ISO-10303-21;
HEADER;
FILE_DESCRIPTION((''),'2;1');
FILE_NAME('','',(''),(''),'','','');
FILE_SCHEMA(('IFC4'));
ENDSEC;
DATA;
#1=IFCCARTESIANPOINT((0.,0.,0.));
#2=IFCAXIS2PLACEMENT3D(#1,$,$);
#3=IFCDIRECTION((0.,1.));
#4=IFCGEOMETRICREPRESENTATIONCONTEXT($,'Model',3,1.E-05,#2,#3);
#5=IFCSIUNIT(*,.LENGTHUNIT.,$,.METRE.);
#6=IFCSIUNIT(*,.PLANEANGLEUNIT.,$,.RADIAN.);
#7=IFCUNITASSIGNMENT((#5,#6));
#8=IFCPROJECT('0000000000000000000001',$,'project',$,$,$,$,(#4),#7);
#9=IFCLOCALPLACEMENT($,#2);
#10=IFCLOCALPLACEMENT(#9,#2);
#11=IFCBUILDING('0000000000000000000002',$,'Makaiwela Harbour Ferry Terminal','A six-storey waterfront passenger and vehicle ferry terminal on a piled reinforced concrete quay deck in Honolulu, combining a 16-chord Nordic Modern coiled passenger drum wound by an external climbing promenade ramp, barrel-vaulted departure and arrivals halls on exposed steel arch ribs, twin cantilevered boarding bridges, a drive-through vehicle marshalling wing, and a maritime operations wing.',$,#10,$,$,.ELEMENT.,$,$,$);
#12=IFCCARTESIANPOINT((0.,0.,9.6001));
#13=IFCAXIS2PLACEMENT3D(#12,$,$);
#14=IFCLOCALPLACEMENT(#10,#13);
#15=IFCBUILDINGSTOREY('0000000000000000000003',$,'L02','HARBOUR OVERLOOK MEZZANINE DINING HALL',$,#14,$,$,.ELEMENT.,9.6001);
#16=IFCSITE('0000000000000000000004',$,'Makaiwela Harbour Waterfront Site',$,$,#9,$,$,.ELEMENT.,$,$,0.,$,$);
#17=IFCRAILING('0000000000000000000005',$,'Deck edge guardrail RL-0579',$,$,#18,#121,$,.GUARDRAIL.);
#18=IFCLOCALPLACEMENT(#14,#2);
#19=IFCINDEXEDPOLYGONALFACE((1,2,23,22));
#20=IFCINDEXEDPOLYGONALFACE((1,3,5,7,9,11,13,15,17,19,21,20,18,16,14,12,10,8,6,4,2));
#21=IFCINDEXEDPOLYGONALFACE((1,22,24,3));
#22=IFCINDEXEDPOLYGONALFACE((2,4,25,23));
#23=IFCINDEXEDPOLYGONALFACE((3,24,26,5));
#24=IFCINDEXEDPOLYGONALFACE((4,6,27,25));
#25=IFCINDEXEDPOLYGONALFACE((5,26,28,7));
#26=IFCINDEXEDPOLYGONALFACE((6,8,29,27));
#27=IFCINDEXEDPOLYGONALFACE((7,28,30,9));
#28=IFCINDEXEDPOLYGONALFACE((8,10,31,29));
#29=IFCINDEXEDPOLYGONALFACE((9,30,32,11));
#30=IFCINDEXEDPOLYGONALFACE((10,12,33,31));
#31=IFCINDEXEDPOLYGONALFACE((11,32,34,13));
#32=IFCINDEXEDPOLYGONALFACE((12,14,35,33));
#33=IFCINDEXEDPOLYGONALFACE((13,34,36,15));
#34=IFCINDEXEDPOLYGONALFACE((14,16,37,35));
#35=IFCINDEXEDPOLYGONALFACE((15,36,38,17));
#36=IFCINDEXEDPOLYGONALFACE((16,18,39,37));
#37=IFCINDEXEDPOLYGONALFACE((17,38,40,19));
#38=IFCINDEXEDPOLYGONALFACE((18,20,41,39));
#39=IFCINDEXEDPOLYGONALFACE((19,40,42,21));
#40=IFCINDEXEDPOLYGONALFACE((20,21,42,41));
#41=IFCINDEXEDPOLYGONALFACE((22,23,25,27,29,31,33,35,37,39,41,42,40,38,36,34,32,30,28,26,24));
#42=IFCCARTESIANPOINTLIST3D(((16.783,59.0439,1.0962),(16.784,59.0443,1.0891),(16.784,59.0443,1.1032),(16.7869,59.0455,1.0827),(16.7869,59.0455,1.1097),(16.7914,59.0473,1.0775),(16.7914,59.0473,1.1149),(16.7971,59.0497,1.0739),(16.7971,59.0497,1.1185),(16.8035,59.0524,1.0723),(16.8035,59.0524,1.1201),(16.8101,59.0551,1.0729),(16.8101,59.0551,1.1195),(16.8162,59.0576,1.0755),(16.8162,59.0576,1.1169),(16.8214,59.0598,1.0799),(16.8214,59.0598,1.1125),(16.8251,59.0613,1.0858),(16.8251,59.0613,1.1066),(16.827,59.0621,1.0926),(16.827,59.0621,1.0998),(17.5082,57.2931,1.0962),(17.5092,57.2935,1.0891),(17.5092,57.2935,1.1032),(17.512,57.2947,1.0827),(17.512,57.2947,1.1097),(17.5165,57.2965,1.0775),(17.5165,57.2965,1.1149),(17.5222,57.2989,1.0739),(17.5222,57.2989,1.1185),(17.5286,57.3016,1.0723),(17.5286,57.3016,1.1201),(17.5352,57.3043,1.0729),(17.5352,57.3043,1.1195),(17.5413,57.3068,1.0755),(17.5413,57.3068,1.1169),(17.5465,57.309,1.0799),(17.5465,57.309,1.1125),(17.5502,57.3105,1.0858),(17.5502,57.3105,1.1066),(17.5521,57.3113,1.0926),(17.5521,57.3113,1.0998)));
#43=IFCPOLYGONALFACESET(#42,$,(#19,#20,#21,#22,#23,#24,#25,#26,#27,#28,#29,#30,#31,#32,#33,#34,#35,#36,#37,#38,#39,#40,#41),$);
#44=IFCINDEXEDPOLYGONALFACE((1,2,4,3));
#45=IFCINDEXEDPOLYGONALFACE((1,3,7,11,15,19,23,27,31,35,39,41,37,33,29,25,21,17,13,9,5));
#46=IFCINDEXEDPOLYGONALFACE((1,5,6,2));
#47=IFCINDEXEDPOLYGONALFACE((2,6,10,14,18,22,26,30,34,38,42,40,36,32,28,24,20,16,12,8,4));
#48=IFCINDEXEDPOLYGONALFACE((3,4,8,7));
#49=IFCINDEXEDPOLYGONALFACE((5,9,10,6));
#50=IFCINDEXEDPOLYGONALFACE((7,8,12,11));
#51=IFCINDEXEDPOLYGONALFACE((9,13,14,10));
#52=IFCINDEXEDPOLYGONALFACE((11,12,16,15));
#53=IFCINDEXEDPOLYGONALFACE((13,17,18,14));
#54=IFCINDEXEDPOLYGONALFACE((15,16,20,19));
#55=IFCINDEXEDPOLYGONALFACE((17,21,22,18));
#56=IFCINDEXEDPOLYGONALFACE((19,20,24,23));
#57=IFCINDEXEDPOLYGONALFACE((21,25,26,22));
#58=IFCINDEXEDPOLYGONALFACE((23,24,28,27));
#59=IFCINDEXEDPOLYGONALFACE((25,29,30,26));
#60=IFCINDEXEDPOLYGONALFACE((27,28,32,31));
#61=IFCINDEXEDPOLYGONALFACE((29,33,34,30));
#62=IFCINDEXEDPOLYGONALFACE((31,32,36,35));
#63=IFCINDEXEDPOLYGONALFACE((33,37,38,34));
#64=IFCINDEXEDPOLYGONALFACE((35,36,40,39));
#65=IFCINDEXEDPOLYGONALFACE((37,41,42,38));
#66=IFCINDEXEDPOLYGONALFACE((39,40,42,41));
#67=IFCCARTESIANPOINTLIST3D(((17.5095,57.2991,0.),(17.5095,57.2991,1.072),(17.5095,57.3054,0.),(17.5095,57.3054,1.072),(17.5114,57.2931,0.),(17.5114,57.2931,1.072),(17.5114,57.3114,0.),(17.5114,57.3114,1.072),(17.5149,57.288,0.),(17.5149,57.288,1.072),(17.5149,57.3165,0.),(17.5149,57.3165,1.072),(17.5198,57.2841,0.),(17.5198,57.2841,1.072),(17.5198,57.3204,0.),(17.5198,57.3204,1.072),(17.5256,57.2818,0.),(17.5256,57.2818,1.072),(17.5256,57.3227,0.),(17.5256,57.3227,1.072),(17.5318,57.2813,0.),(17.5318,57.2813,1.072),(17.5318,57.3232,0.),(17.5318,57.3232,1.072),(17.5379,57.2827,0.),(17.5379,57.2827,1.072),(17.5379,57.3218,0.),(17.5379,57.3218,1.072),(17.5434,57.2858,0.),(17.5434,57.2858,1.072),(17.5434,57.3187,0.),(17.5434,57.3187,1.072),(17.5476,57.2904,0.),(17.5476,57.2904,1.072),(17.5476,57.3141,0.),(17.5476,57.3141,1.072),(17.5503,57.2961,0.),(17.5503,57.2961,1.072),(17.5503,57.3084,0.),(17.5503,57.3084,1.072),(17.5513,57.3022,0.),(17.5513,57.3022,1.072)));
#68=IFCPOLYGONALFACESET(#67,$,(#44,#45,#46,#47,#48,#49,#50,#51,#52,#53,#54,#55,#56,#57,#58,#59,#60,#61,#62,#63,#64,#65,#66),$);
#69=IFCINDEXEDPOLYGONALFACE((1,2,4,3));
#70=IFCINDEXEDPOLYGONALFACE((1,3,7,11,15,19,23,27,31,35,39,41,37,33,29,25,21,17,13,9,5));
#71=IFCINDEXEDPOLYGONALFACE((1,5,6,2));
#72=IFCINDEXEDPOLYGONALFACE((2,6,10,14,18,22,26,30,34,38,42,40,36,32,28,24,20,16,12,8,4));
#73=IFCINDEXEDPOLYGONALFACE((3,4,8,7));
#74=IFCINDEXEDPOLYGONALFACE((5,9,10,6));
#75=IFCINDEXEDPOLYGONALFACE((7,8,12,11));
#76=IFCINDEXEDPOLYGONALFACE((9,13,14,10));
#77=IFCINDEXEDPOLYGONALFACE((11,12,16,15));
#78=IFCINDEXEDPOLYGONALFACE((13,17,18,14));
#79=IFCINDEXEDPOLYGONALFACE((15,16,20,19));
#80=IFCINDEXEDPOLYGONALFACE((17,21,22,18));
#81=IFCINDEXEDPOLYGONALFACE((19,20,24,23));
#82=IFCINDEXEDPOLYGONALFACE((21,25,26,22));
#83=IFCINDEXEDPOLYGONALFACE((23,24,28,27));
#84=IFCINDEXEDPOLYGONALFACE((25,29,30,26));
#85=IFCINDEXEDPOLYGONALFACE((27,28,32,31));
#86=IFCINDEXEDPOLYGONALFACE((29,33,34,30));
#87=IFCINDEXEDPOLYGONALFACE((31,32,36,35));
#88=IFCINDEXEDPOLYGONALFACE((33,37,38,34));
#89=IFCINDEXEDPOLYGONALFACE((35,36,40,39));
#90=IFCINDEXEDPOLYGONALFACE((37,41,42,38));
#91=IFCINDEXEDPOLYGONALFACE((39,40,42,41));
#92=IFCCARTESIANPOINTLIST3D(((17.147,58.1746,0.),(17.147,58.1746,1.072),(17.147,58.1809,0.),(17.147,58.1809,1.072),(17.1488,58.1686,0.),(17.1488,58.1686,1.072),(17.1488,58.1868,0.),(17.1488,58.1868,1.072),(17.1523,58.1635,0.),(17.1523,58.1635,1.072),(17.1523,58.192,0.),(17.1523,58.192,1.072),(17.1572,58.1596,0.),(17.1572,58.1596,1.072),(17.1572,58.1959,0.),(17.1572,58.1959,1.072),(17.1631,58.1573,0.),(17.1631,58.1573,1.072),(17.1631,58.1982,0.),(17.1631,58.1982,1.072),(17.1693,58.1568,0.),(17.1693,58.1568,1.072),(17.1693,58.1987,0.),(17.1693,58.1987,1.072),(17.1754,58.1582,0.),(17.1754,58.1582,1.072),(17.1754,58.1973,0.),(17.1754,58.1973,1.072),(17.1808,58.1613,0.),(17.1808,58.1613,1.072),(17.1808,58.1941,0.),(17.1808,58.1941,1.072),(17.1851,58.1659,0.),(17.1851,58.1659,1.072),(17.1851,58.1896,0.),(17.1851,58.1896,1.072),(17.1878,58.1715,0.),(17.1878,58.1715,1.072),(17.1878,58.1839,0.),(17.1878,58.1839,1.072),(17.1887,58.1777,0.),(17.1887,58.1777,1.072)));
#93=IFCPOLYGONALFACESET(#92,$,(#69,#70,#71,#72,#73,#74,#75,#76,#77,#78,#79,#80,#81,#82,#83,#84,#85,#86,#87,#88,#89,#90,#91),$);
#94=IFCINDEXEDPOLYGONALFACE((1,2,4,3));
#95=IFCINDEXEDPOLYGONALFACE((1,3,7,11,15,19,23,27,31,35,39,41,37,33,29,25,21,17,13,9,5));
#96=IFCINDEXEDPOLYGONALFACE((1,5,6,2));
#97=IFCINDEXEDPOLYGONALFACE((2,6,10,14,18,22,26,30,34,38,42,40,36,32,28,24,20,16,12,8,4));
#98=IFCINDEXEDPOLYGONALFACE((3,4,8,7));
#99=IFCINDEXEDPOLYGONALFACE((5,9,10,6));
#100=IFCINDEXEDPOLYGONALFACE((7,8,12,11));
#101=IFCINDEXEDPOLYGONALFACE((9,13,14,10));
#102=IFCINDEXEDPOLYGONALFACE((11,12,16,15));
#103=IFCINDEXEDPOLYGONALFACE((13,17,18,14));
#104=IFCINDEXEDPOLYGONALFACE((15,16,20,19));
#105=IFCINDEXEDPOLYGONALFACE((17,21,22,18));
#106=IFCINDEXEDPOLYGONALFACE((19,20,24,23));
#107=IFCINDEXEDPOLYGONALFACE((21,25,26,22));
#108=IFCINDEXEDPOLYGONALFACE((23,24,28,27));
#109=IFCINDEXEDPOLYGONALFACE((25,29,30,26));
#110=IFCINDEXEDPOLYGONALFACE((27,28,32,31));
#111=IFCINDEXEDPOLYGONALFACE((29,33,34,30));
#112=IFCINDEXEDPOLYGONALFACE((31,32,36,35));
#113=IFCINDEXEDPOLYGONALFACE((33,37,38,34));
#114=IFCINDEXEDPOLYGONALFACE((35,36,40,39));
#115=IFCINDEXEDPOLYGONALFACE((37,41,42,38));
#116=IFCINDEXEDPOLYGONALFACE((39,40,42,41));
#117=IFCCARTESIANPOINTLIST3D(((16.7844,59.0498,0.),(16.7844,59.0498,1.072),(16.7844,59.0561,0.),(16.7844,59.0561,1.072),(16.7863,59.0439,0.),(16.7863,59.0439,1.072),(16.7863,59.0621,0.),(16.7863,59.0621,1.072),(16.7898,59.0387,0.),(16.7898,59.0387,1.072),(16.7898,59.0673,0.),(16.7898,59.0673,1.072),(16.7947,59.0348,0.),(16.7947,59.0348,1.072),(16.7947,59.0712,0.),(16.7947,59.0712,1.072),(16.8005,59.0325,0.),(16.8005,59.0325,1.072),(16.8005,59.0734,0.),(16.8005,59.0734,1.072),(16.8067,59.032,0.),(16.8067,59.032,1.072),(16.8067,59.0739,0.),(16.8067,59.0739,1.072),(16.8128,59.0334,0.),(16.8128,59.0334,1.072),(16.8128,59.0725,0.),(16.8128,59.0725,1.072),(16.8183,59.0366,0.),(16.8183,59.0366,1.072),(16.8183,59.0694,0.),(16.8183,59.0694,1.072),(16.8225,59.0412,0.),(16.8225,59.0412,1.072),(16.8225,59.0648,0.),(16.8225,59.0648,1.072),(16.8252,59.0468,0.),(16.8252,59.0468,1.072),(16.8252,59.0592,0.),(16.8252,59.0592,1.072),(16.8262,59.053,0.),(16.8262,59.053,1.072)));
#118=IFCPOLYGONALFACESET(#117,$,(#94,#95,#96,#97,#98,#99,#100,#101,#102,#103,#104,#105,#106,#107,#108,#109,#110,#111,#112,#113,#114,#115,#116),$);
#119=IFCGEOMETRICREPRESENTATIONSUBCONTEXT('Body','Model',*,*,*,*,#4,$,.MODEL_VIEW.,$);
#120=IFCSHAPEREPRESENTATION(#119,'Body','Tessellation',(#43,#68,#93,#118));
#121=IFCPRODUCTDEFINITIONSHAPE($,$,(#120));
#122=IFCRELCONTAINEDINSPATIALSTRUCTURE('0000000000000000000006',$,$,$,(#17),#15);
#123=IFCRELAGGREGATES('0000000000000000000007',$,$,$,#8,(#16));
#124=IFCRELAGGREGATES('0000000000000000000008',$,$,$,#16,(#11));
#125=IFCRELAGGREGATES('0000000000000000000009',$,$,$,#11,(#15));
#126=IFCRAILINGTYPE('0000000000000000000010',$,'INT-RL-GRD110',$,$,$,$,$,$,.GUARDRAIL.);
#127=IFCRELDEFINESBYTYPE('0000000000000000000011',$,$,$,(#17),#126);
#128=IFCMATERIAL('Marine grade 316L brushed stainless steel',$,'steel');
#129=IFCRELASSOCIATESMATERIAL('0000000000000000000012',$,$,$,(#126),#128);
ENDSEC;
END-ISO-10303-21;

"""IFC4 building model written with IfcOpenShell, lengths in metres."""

from ifc_helpers import new_model, si_unit, direction, frame, origin, origin_2d, place, context, subcontext, project, spatial, circle, extrude, material, type_object, element, save


model = new_model("IFC4")

# Units and contexts
model_context = context("Model", 3, precision=1e-05, world=origin(), true_north=direction((0.0, 1.0)))
body_context = subcontext(model_context, "Body", "Model", "MODEL_VIEW")
ifc_project = project(units=[si_unit("LENGTHUNIT", "METRE"), si_unit("PLANEANGLEUNIT", "RADIAN")], contexts=[model_context])

# Site, building, storey
site_placement = place(None, origin())
site = spatial("IfcSite", under=ifc_project, at=site_placement, Name="Makaiwela Harbour Waterfront Site", CompositionType="ELEMENT", RefElevation=0.0)
building_placement = place(site_placement, origin())
building = spatial("IfcBuilding", under=site, at=building_placement, Name="Makaiwela Harbour Ferry Terminal", Description="A six-storey waterfront passenger and vehicle ferry terminal on a piled reinforced concrete quay deck in Honolulu, combining a 16-chord Nordic Modern coiled passenger drum wound by an external climbing promenade ramp, barrel-vaulted departure and arrivals halls on exposed steel arch ribs, twin cantilevered boarding bridges, a drive-through vehicle marshalling wing, and a maritime operations wing.", CompositionType="ELEMENT")
storey_placement = place(building_placement, frame((0.0, 0.0, 9.6001)))
storey = spatial("IfcBuildingStorey", under=building, at=storey_placement, Name="L02", Description="HARBOUR OVERLOOK MEZZANINE DINING HALL", CompositionType="ELEMENT", Elevation=9.6001)

# Railing
ifc_material_1 = material(Name="Marine grade 316L brushed stainless steel", Category="steel")
railing_type = type_object("IfcRailingType", Name="INT-RL-GRD110", PredefinedType="GUARDRAIL", material=ifc_material_1)
railing_1_placement = place(storey_placement, frame((17.5303, 57.3022, 0.0)))
element("IfcRailing", 1, at=railing_1_placement, inside=storey, type_object=railing_type, Name="Deck edge guardrail RL-0579", PredefinedType="GUARDRAIL", context=body_context, shape_type="SweptSolid", body=[
    extrude(circle(Radius=0.0239, at=origin_2d()), frame((0.0, 0.0, 1.0962), z_axis=(-0.382648, 0.923894, 0.0), x_axis=(-0.923894, -0.382648, 0.0)), (0.0, 0.0, 1.0), 1.895),
    extrude(circle(Radius=0.021, at=origin_2d()), origin(), (0.0, 0.0, 1.0), 1.072),
    extrude(circle(Radius=0.021, at=origin_2d()), frame((-0.3625, 0.8755, 0.0)), (0.0, 0.0, 1.0), 1.072),
    extrude(circle(Radius=0.021, at=origin_2d()), frame((-0.7251, 1.7507, 0.0)), (0.0, 0.0, 1.0), 1.072),
])

save(model, "model.ifc")
